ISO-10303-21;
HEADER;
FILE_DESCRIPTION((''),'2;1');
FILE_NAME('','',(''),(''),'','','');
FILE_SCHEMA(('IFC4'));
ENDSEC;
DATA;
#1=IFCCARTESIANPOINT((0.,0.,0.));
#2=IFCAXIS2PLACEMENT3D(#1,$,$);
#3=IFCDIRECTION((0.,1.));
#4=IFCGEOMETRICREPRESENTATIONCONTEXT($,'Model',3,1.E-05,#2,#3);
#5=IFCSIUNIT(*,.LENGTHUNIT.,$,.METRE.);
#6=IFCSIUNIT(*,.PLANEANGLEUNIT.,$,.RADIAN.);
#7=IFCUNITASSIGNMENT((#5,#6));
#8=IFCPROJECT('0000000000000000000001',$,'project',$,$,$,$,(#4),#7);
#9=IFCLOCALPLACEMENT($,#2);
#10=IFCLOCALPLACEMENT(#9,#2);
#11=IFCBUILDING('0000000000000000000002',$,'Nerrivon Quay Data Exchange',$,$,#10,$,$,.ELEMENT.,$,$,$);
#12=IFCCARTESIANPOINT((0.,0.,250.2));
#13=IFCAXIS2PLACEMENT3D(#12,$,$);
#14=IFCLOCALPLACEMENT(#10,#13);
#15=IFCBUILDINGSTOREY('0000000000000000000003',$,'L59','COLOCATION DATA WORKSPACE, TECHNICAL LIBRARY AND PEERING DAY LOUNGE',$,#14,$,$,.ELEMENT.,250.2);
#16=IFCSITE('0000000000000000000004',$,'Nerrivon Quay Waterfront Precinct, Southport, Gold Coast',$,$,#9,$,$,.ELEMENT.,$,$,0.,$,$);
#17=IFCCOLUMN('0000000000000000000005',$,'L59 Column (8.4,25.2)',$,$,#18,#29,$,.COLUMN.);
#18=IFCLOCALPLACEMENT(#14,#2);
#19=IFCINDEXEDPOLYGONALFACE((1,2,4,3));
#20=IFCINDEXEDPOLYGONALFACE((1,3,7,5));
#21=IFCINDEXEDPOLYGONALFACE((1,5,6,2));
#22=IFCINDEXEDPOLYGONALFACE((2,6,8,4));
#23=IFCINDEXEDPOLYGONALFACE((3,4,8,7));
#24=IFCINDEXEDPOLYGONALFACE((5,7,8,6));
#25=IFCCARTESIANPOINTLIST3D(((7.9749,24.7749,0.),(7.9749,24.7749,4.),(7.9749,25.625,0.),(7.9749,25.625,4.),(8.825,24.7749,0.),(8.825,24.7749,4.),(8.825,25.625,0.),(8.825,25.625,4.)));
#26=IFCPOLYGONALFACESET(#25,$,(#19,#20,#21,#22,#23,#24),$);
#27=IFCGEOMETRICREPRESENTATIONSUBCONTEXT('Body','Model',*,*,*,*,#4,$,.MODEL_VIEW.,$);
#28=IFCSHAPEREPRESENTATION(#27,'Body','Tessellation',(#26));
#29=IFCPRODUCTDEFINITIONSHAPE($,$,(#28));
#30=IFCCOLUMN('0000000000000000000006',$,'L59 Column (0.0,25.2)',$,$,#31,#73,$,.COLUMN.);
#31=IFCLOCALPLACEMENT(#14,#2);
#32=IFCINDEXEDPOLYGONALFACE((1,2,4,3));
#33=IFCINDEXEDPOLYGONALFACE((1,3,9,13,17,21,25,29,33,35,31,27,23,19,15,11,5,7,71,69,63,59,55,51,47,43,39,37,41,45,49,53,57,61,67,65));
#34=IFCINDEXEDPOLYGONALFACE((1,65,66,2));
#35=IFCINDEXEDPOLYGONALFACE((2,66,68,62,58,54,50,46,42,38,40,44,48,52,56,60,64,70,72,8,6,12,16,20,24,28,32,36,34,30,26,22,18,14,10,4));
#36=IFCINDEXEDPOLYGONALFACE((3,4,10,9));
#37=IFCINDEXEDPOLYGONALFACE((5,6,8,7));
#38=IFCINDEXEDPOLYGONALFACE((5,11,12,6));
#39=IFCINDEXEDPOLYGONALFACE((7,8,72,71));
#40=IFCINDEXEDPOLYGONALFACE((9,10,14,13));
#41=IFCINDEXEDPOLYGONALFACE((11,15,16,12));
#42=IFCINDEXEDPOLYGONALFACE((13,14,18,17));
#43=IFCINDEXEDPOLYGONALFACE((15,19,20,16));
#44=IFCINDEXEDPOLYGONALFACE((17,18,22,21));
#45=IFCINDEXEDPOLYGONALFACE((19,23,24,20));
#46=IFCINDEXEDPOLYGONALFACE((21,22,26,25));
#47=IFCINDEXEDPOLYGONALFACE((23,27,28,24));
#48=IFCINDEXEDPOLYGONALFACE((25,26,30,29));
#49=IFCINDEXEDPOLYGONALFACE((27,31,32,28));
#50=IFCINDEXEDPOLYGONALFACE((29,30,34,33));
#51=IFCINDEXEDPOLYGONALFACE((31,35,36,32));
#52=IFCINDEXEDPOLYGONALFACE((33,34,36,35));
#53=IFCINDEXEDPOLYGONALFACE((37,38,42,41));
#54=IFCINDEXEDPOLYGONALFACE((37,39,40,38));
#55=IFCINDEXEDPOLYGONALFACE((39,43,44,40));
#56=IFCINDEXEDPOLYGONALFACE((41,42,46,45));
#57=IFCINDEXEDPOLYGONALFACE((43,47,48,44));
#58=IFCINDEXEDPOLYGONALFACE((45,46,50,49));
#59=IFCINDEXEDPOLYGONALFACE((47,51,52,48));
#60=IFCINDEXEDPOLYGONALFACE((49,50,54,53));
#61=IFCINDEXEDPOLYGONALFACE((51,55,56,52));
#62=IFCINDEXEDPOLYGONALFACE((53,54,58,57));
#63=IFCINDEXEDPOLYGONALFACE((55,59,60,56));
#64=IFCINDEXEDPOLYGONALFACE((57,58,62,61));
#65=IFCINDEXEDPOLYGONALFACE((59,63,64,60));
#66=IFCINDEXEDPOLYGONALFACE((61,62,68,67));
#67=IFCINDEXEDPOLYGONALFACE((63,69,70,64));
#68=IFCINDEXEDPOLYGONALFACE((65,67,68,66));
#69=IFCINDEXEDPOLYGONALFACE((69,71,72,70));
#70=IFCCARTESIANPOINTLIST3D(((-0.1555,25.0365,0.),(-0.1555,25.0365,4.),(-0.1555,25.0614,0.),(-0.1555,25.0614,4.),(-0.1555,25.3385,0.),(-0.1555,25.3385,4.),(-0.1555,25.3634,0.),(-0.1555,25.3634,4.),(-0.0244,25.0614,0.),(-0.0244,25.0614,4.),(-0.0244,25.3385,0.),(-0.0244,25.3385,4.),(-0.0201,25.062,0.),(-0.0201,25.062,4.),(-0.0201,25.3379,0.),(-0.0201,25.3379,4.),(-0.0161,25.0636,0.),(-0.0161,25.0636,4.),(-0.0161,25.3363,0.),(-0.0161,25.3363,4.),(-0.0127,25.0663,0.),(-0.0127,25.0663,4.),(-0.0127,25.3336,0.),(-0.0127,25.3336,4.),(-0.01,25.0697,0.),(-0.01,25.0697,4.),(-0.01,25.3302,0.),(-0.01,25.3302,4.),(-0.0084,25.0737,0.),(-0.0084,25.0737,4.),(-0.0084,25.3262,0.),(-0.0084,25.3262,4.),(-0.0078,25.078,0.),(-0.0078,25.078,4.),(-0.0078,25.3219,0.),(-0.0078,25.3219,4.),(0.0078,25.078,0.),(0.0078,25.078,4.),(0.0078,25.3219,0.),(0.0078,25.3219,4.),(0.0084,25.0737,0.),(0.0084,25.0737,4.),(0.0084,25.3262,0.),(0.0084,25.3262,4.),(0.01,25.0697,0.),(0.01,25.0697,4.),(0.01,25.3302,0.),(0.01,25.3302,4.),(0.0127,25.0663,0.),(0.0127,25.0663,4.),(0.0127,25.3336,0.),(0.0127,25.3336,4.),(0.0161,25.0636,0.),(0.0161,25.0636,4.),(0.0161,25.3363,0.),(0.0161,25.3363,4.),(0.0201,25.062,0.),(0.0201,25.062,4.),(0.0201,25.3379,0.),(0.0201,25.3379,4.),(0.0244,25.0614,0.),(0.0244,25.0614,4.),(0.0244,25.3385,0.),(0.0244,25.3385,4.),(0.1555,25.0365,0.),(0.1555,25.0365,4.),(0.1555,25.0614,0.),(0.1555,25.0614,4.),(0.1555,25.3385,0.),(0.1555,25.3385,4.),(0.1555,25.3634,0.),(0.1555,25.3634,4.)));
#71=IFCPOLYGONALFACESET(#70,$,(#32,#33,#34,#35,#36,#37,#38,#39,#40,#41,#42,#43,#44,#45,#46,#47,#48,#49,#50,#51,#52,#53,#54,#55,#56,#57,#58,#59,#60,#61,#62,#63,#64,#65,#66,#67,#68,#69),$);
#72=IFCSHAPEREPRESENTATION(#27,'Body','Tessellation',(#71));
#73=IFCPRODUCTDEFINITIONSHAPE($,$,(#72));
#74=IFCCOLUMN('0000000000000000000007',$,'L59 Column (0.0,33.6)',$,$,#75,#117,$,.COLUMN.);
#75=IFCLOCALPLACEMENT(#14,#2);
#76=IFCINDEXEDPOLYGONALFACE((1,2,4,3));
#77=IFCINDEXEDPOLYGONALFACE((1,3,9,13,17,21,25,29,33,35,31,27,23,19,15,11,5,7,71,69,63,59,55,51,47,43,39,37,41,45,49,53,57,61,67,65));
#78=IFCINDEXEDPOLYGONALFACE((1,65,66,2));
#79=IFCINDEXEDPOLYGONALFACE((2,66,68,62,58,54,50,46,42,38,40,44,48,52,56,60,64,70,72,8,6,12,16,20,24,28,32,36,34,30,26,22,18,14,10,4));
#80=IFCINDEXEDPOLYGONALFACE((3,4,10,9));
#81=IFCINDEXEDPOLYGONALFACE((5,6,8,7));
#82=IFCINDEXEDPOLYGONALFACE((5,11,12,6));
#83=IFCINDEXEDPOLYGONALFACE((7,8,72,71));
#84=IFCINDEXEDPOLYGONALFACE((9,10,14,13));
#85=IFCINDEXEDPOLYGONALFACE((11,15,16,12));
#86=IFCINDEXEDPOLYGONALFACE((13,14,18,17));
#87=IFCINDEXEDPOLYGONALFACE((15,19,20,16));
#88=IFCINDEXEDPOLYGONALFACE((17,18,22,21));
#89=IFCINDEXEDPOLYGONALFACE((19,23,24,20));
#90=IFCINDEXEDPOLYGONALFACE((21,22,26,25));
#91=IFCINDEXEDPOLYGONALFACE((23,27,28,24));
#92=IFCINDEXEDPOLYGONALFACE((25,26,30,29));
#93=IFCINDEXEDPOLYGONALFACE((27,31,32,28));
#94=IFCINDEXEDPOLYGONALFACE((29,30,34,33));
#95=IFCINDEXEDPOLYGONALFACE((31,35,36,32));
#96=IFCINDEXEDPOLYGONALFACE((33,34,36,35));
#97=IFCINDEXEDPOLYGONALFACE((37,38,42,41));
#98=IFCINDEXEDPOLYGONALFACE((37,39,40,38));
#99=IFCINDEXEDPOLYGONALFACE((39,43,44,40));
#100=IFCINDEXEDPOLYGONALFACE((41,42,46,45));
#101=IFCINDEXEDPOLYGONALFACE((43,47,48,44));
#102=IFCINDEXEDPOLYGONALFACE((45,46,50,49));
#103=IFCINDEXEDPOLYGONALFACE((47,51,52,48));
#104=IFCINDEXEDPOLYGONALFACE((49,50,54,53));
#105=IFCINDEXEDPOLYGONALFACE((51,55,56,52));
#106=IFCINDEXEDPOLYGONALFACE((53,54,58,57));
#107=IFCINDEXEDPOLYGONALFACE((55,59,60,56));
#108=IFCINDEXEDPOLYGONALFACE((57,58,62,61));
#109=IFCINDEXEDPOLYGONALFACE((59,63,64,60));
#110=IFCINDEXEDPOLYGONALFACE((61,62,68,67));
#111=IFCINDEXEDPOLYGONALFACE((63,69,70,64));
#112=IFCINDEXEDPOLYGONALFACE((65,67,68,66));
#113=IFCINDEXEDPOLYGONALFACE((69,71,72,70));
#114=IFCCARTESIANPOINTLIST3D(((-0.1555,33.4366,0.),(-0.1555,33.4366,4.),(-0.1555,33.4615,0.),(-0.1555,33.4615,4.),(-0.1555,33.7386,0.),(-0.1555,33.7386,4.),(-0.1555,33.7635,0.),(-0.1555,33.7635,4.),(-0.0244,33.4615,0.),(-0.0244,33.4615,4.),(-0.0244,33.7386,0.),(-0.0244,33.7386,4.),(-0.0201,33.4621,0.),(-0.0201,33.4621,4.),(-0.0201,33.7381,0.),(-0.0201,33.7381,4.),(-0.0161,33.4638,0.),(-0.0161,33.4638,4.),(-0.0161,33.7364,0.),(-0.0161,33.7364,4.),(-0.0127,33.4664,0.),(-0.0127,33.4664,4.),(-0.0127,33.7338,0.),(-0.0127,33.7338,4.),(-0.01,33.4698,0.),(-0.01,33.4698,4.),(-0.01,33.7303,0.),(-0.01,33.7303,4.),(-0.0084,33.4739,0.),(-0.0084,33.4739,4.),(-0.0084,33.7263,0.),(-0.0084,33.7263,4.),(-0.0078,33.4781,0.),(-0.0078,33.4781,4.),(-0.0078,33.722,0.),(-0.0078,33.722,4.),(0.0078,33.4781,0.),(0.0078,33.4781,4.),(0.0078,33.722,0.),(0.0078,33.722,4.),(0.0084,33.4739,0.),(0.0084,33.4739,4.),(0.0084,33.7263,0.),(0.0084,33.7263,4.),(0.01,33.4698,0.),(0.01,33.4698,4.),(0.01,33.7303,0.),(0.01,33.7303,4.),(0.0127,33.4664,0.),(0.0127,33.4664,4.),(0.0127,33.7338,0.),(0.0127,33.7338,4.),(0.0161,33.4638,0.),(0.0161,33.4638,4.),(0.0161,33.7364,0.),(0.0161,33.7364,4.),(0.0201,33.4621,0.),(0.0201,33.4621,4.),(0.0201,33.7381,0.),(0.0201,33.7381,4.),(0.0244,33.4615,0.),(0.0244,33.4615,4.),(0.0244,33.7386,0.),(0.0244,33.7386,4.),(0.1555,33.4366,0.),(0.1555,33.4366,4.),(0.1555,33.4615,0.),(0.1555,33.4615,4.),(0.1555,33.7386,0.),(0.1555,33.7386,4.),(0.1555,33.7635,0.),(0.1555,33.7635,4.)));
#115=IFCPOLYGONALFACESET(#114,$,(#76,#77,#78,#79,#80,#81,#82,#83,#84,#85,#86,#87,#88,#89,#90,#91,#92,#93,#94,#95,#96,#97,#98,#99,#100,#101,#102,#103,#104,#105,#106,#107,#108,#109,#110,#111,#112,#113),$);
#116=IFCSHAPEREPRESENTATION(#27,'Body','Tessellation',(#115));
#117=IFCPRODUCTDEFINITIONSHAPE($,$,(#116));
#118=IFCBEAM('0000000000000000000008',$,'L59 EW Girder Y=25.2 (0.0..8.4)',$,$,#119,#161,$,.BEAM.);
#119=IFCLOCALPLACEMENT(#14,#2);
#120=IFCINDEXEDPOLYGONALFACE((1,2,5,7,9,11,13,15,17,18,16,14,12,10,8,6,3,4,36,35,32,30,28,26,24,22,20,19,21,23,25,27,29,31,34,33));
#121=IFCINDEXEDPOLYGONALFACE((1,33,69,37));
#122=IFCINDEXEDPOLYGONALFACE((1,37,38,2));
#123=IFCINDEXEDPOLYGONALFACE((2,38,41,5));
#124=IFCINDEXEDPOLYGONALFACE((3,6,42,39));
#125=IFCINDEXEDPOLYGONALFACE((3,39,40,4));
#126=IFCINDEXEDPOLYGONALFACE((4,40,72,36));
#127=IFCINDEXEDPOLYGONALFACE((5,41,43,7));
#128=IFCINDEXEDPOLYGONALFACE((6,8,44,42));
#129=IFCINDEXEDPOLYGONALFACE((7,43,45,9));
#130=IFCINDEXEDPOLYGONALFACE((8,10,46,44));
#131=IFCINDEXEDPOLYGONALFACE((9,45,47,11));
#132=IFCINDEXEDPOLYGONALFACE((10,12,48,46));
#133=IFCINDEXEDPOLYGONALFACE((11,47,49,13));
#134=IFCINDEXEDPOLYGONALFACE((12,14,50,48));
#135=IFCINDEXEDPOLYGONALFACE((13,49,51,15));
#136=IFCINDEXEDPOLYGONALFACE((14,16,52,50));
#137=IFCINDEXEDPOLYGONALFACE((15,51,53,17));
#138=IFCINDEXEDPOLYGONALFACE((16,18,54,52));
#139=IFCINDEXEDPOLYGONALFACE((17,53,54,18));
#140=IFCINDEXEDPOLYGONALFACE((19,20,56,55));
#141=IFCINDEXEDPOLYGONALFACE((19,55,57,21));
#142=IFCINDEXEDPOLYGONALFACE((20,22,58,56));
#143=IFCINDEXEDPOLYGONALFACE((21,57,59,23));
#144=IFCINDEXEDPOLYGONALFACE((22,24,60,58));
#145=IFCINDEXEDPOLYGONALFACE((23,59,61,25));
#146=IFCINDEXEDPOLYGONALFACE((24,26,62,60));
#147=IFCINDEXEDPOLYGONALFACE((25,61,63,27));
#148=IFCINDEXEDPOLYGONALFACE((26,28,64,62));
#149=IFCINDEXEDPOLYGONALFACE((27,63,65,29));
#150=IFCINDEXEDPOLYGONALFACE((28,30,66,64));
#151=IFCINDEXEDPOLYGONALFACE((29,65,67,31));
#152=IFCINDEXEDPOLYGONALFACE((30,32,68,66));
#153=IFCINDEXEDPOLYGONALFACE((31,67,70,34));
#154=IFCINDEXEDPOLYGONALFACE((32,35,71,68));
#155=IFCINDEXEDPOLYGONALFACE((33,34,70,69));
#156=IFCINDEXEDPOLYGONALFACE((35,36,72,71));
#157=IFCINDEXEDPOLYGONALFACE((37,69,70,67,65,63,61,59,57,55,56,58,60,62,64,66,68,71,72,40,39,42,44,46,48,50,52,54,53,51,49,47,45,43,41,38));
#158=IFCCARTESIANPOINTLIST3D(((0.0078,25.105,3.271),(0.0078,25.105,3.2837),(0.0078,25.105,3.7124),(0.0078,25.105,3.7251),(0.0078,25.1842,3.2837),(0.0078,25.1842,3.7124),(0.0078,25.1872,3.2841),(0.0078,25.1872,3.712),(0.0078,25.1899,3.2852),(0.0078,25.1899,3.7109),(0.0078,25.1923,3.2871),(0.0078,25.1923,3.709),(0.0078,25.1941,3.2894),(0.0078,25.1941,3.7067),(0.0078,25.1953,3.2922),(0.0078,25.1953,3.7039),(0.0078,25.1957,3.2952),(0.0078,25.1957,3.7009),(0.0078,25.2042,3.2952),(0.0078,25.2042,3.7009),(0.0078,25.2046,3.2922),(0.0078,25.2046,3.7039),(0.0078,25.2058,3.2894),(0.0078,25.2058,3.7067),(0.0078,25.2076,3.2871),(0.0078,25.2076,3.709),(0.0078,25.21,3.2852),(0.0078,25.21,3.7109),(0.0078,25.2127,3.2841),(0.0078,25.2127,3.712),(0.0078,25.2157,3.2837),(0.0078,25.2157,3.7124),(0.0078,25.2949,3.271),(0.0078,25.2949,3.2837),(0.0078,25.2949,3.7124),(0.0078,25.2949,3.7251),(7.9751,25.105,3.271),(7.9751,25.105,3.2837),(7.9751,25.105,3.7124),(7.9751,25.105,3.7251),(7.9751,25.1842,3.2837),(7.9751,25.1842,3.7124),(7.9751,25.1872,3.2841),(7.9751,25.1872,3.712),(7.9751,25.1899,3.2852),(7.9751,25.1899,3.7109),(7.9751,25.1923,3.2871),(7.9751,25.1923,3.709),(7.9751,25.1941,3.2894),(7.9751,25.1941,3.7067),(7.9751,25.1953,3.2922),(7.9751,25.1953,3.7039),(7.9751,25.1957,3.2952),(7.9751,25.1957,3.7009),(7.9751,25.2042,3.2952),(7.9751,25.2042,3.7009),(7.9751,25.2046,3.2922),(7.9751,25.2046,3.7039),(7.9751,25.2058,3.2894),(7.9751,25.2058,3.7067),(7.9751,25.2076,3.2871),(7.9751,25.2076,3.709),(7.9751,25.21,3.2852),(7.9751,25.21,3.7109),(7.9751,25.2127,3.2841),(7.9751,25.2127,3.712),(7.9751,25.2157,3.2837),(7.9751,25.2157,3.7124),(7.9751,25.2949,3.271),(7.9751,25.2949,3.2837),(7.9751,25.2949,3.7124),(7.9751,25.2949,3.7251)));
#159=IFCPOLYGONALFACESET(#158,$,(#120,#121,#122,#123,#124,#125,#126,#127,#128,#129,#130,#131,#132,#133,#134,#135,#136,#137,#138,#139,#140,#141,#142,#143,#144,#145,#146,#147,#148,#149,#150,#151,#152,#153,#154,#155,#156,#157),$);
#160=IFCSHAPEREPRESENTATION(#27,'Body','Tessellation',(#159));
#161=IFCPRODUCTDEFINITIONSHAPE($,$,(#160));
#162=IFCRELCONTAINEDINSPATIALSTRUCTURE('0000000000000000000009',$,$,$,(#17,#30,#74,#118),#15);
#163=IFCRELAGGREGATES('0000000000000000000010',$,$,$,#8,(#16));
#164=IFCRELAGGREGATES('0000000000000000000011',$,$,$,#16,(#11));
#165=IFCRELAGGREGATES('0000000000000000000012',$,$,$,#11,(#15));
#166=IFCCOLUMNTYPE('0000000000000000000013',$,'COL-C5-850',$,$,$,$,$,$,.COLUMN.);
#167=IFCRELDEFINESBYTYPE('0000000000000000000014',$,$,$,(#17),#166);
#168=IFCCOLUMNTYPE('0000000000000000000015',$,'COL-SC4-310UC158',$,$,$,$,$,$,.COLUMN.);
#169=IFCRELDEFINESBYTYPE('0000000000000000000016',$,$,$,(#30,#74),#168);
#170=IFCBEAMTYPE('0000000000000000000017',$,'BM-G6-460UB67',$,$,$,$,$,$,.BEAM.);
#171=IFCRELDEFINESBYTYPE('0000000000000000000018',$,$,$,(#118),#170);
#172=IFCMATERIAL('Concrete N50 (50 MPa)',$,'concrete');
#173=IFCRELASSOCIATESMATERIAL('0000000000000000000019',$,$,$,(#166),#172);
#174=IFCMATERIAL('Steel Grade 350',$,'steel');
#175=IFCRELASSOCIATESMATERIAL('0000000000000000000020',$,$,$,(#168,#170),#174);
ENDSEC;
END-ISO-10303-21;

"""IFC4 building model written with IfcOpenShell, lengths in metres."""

from ifc_helpers import new_model, si_unit, direction, frame, origin, origin_2d, place, context, subcontext, project, spatial, rectangle, i_section, extrude, material, material_profile, profile_set, type_object, element, save


model = new_model("IFC4")

# Units and contexts
model_context = context("Model", 3, precision=1e-05, world=origin(), true_north=direction((0.0, 1.0)))
body_context = subcontext(model_context, "Body", "Model", "MODEL_VIEW")
ifc_project = project(units=[si_unit("LENGTHUNIT", "METRE"), si_unit("PLANEANGLEUNIT", "RADIAN")], contexts=[model_context])

# Site, building, storey
site_placement = place(None, origin())
site = spatial("IfcSite", under=ifc_project, at=site_placement, Name="Nerrivon Quay Waterfront Precinct, Southport, Gold Coast", CompositionType="ELEMENT", RefElevation=0.0)
building_placement = place(site_placement, origin())
building = spatial("IfcBuilding", under=site, at=building_placement, Name="Nerrivon Quay Data Exchange", CompositionType="ELEMENT")
storey_placement = place(building_placement, frame((0.0, 0.0, 250.2)))
storey = spatial("IfcBuildingStorey", under=building, at=storey_placement, Name="L59", Description="COLOCATION DATA WORKSPACE, TECHNICAL LIBRARY AND PEERING DAY LOUNGE", CompositionType="ELEMENT", Elevation=250.2)

# Columns
ifc_material_1 = material(Name="Concrete N50 (50 MPa)", Category="concrete")
ifc_material_profile_1 = material_profile(ifc_material_1, rectangle(XDim=0.8501, YDim=0.8501, at=origin_2d()), Name="RC-COL-850x850")
ifc_profile_set_1 = profile_set([ifc_material_profile_1], Name="Concrete N50 (50 MPa)")
column_type_1 = type_object("IfcColumnType", Name="COL-C5-850", PredefinedType="COLUMN", material=ifc_profile_set_1)
column_placement = place(storey_placement, frame((8.3999, 25.2, 0.0), z_axis=(0.0, 0.0, 1.0), x_axis=(1.0, 0.0, 0.0)))
element("IfcColumn", 1, at=column_placement, inside=storey, type_object=column_type_1, Name="L59 Column (8.4,25.2)", PredefinedType="COLUMN", context=body_context, shape_type="SweptSolid", body=[
    extrude(rectangle(XDim=0.8501, YDim=0.8501, at=origin_2d()), origin(), (0.0, 0.0, 1.0), 4.0),
])
ifc_material_2 = material(Name="Steel Grade 350", Category="steel")
ifc_material_profile_2 = material_profile(ifc_material_2, i_section(OverallWidth=0.311, OverallDepth=0.3269, WebThickness=0.0156, FlangeThickness=0.0249, FilletRadius=0.0166, at=origin_2d()), Name="310UC158")
ifc_profile_set_2 = profile_set([ifc_material_profile_2], Name="Steel Grade 350")
column_type_2 = type_object("IfcColumnType", Name="COL-SC4-310UC158", PredefinedType="COLUMN", material=ifc_profile_set_2)
for number, where, z_axis, x_axis, name in (
    (2, (0.0, 25.2, 0.0), (0.0, 0.0, 1.0), (1.0, 0.0, 0.0), "L59 Column (0.0,25.2)"),
    (3, (0.0, 33.6001, 0.0), (0.0, 0.0, 1.0), (1.0, 0.0, 0.0), "L59 Column (0.0,33.6)"),
):
    element("IfcColumn", number, at=place(storey_placement, frame(where, z_axis=z_axis, x_axis=x_axis)), inside=storey, type_object=column_type_2, Name=name, PredefinedType="COLUMN", context=body_context, shape_type="SweptSolid", body=[
        extrude(i_section(OverallWidth=0.311, OverallDepth=0.3269, WebThickness=0.0156, FlangeThickness=0.0249, FilletRadius=0.0166, at=origin_2d()), origin(), (0.0, 0.0, 1.0), 4.0),
    ])

# Beam
ifc_material_profile_3 = material_profile(ifc_material_2, i_section(OverallWidth=0.1899, OverallDepth=0.4541, WebThickness=0.0085, FlangeThickness=0.0127, FilletRadius=0.0115, at=origin_2d()), Name="460UB67.1")
ifc_profile_set_3 = profile_set([ifc_material_profile_3], Name="Steel Grade 350")
beam_type_1 = type_object("IfcBeamType", Name="BM-G6-460UB67", PredefinedType="BEAM", material=ifc_profile_set_3)
for number, where, z_axis, x_axis, name in (
    (4, (0.0078, 25.2, 3.498), (1.0, 0.0, 0.0), (0.0, 1.0, 0.0), "L59 EW Girder Y=25.2 (0.0..8.4)"),
):
    element("IfcBeam", number, at=place(storey_placement, frame(where, z_axis=z_axis, x_axis=x_axis)), inside=storey, type_object=beam_type_1, Name=name, PredefinedType="BEAM", context=body_context, shape_type="SweptSolid", body=[
        extrude(i_section(OverallWidth=0.1899, OverallDepth=0.4541, WebThickness=0.0085, FlangeThickness=0.0127, FilletRadius=0.0115, at=origin_2d()), origin(), (0.0, 0.0, 1.0), 7.9673),
    ])

save(model, "model.ifc")
